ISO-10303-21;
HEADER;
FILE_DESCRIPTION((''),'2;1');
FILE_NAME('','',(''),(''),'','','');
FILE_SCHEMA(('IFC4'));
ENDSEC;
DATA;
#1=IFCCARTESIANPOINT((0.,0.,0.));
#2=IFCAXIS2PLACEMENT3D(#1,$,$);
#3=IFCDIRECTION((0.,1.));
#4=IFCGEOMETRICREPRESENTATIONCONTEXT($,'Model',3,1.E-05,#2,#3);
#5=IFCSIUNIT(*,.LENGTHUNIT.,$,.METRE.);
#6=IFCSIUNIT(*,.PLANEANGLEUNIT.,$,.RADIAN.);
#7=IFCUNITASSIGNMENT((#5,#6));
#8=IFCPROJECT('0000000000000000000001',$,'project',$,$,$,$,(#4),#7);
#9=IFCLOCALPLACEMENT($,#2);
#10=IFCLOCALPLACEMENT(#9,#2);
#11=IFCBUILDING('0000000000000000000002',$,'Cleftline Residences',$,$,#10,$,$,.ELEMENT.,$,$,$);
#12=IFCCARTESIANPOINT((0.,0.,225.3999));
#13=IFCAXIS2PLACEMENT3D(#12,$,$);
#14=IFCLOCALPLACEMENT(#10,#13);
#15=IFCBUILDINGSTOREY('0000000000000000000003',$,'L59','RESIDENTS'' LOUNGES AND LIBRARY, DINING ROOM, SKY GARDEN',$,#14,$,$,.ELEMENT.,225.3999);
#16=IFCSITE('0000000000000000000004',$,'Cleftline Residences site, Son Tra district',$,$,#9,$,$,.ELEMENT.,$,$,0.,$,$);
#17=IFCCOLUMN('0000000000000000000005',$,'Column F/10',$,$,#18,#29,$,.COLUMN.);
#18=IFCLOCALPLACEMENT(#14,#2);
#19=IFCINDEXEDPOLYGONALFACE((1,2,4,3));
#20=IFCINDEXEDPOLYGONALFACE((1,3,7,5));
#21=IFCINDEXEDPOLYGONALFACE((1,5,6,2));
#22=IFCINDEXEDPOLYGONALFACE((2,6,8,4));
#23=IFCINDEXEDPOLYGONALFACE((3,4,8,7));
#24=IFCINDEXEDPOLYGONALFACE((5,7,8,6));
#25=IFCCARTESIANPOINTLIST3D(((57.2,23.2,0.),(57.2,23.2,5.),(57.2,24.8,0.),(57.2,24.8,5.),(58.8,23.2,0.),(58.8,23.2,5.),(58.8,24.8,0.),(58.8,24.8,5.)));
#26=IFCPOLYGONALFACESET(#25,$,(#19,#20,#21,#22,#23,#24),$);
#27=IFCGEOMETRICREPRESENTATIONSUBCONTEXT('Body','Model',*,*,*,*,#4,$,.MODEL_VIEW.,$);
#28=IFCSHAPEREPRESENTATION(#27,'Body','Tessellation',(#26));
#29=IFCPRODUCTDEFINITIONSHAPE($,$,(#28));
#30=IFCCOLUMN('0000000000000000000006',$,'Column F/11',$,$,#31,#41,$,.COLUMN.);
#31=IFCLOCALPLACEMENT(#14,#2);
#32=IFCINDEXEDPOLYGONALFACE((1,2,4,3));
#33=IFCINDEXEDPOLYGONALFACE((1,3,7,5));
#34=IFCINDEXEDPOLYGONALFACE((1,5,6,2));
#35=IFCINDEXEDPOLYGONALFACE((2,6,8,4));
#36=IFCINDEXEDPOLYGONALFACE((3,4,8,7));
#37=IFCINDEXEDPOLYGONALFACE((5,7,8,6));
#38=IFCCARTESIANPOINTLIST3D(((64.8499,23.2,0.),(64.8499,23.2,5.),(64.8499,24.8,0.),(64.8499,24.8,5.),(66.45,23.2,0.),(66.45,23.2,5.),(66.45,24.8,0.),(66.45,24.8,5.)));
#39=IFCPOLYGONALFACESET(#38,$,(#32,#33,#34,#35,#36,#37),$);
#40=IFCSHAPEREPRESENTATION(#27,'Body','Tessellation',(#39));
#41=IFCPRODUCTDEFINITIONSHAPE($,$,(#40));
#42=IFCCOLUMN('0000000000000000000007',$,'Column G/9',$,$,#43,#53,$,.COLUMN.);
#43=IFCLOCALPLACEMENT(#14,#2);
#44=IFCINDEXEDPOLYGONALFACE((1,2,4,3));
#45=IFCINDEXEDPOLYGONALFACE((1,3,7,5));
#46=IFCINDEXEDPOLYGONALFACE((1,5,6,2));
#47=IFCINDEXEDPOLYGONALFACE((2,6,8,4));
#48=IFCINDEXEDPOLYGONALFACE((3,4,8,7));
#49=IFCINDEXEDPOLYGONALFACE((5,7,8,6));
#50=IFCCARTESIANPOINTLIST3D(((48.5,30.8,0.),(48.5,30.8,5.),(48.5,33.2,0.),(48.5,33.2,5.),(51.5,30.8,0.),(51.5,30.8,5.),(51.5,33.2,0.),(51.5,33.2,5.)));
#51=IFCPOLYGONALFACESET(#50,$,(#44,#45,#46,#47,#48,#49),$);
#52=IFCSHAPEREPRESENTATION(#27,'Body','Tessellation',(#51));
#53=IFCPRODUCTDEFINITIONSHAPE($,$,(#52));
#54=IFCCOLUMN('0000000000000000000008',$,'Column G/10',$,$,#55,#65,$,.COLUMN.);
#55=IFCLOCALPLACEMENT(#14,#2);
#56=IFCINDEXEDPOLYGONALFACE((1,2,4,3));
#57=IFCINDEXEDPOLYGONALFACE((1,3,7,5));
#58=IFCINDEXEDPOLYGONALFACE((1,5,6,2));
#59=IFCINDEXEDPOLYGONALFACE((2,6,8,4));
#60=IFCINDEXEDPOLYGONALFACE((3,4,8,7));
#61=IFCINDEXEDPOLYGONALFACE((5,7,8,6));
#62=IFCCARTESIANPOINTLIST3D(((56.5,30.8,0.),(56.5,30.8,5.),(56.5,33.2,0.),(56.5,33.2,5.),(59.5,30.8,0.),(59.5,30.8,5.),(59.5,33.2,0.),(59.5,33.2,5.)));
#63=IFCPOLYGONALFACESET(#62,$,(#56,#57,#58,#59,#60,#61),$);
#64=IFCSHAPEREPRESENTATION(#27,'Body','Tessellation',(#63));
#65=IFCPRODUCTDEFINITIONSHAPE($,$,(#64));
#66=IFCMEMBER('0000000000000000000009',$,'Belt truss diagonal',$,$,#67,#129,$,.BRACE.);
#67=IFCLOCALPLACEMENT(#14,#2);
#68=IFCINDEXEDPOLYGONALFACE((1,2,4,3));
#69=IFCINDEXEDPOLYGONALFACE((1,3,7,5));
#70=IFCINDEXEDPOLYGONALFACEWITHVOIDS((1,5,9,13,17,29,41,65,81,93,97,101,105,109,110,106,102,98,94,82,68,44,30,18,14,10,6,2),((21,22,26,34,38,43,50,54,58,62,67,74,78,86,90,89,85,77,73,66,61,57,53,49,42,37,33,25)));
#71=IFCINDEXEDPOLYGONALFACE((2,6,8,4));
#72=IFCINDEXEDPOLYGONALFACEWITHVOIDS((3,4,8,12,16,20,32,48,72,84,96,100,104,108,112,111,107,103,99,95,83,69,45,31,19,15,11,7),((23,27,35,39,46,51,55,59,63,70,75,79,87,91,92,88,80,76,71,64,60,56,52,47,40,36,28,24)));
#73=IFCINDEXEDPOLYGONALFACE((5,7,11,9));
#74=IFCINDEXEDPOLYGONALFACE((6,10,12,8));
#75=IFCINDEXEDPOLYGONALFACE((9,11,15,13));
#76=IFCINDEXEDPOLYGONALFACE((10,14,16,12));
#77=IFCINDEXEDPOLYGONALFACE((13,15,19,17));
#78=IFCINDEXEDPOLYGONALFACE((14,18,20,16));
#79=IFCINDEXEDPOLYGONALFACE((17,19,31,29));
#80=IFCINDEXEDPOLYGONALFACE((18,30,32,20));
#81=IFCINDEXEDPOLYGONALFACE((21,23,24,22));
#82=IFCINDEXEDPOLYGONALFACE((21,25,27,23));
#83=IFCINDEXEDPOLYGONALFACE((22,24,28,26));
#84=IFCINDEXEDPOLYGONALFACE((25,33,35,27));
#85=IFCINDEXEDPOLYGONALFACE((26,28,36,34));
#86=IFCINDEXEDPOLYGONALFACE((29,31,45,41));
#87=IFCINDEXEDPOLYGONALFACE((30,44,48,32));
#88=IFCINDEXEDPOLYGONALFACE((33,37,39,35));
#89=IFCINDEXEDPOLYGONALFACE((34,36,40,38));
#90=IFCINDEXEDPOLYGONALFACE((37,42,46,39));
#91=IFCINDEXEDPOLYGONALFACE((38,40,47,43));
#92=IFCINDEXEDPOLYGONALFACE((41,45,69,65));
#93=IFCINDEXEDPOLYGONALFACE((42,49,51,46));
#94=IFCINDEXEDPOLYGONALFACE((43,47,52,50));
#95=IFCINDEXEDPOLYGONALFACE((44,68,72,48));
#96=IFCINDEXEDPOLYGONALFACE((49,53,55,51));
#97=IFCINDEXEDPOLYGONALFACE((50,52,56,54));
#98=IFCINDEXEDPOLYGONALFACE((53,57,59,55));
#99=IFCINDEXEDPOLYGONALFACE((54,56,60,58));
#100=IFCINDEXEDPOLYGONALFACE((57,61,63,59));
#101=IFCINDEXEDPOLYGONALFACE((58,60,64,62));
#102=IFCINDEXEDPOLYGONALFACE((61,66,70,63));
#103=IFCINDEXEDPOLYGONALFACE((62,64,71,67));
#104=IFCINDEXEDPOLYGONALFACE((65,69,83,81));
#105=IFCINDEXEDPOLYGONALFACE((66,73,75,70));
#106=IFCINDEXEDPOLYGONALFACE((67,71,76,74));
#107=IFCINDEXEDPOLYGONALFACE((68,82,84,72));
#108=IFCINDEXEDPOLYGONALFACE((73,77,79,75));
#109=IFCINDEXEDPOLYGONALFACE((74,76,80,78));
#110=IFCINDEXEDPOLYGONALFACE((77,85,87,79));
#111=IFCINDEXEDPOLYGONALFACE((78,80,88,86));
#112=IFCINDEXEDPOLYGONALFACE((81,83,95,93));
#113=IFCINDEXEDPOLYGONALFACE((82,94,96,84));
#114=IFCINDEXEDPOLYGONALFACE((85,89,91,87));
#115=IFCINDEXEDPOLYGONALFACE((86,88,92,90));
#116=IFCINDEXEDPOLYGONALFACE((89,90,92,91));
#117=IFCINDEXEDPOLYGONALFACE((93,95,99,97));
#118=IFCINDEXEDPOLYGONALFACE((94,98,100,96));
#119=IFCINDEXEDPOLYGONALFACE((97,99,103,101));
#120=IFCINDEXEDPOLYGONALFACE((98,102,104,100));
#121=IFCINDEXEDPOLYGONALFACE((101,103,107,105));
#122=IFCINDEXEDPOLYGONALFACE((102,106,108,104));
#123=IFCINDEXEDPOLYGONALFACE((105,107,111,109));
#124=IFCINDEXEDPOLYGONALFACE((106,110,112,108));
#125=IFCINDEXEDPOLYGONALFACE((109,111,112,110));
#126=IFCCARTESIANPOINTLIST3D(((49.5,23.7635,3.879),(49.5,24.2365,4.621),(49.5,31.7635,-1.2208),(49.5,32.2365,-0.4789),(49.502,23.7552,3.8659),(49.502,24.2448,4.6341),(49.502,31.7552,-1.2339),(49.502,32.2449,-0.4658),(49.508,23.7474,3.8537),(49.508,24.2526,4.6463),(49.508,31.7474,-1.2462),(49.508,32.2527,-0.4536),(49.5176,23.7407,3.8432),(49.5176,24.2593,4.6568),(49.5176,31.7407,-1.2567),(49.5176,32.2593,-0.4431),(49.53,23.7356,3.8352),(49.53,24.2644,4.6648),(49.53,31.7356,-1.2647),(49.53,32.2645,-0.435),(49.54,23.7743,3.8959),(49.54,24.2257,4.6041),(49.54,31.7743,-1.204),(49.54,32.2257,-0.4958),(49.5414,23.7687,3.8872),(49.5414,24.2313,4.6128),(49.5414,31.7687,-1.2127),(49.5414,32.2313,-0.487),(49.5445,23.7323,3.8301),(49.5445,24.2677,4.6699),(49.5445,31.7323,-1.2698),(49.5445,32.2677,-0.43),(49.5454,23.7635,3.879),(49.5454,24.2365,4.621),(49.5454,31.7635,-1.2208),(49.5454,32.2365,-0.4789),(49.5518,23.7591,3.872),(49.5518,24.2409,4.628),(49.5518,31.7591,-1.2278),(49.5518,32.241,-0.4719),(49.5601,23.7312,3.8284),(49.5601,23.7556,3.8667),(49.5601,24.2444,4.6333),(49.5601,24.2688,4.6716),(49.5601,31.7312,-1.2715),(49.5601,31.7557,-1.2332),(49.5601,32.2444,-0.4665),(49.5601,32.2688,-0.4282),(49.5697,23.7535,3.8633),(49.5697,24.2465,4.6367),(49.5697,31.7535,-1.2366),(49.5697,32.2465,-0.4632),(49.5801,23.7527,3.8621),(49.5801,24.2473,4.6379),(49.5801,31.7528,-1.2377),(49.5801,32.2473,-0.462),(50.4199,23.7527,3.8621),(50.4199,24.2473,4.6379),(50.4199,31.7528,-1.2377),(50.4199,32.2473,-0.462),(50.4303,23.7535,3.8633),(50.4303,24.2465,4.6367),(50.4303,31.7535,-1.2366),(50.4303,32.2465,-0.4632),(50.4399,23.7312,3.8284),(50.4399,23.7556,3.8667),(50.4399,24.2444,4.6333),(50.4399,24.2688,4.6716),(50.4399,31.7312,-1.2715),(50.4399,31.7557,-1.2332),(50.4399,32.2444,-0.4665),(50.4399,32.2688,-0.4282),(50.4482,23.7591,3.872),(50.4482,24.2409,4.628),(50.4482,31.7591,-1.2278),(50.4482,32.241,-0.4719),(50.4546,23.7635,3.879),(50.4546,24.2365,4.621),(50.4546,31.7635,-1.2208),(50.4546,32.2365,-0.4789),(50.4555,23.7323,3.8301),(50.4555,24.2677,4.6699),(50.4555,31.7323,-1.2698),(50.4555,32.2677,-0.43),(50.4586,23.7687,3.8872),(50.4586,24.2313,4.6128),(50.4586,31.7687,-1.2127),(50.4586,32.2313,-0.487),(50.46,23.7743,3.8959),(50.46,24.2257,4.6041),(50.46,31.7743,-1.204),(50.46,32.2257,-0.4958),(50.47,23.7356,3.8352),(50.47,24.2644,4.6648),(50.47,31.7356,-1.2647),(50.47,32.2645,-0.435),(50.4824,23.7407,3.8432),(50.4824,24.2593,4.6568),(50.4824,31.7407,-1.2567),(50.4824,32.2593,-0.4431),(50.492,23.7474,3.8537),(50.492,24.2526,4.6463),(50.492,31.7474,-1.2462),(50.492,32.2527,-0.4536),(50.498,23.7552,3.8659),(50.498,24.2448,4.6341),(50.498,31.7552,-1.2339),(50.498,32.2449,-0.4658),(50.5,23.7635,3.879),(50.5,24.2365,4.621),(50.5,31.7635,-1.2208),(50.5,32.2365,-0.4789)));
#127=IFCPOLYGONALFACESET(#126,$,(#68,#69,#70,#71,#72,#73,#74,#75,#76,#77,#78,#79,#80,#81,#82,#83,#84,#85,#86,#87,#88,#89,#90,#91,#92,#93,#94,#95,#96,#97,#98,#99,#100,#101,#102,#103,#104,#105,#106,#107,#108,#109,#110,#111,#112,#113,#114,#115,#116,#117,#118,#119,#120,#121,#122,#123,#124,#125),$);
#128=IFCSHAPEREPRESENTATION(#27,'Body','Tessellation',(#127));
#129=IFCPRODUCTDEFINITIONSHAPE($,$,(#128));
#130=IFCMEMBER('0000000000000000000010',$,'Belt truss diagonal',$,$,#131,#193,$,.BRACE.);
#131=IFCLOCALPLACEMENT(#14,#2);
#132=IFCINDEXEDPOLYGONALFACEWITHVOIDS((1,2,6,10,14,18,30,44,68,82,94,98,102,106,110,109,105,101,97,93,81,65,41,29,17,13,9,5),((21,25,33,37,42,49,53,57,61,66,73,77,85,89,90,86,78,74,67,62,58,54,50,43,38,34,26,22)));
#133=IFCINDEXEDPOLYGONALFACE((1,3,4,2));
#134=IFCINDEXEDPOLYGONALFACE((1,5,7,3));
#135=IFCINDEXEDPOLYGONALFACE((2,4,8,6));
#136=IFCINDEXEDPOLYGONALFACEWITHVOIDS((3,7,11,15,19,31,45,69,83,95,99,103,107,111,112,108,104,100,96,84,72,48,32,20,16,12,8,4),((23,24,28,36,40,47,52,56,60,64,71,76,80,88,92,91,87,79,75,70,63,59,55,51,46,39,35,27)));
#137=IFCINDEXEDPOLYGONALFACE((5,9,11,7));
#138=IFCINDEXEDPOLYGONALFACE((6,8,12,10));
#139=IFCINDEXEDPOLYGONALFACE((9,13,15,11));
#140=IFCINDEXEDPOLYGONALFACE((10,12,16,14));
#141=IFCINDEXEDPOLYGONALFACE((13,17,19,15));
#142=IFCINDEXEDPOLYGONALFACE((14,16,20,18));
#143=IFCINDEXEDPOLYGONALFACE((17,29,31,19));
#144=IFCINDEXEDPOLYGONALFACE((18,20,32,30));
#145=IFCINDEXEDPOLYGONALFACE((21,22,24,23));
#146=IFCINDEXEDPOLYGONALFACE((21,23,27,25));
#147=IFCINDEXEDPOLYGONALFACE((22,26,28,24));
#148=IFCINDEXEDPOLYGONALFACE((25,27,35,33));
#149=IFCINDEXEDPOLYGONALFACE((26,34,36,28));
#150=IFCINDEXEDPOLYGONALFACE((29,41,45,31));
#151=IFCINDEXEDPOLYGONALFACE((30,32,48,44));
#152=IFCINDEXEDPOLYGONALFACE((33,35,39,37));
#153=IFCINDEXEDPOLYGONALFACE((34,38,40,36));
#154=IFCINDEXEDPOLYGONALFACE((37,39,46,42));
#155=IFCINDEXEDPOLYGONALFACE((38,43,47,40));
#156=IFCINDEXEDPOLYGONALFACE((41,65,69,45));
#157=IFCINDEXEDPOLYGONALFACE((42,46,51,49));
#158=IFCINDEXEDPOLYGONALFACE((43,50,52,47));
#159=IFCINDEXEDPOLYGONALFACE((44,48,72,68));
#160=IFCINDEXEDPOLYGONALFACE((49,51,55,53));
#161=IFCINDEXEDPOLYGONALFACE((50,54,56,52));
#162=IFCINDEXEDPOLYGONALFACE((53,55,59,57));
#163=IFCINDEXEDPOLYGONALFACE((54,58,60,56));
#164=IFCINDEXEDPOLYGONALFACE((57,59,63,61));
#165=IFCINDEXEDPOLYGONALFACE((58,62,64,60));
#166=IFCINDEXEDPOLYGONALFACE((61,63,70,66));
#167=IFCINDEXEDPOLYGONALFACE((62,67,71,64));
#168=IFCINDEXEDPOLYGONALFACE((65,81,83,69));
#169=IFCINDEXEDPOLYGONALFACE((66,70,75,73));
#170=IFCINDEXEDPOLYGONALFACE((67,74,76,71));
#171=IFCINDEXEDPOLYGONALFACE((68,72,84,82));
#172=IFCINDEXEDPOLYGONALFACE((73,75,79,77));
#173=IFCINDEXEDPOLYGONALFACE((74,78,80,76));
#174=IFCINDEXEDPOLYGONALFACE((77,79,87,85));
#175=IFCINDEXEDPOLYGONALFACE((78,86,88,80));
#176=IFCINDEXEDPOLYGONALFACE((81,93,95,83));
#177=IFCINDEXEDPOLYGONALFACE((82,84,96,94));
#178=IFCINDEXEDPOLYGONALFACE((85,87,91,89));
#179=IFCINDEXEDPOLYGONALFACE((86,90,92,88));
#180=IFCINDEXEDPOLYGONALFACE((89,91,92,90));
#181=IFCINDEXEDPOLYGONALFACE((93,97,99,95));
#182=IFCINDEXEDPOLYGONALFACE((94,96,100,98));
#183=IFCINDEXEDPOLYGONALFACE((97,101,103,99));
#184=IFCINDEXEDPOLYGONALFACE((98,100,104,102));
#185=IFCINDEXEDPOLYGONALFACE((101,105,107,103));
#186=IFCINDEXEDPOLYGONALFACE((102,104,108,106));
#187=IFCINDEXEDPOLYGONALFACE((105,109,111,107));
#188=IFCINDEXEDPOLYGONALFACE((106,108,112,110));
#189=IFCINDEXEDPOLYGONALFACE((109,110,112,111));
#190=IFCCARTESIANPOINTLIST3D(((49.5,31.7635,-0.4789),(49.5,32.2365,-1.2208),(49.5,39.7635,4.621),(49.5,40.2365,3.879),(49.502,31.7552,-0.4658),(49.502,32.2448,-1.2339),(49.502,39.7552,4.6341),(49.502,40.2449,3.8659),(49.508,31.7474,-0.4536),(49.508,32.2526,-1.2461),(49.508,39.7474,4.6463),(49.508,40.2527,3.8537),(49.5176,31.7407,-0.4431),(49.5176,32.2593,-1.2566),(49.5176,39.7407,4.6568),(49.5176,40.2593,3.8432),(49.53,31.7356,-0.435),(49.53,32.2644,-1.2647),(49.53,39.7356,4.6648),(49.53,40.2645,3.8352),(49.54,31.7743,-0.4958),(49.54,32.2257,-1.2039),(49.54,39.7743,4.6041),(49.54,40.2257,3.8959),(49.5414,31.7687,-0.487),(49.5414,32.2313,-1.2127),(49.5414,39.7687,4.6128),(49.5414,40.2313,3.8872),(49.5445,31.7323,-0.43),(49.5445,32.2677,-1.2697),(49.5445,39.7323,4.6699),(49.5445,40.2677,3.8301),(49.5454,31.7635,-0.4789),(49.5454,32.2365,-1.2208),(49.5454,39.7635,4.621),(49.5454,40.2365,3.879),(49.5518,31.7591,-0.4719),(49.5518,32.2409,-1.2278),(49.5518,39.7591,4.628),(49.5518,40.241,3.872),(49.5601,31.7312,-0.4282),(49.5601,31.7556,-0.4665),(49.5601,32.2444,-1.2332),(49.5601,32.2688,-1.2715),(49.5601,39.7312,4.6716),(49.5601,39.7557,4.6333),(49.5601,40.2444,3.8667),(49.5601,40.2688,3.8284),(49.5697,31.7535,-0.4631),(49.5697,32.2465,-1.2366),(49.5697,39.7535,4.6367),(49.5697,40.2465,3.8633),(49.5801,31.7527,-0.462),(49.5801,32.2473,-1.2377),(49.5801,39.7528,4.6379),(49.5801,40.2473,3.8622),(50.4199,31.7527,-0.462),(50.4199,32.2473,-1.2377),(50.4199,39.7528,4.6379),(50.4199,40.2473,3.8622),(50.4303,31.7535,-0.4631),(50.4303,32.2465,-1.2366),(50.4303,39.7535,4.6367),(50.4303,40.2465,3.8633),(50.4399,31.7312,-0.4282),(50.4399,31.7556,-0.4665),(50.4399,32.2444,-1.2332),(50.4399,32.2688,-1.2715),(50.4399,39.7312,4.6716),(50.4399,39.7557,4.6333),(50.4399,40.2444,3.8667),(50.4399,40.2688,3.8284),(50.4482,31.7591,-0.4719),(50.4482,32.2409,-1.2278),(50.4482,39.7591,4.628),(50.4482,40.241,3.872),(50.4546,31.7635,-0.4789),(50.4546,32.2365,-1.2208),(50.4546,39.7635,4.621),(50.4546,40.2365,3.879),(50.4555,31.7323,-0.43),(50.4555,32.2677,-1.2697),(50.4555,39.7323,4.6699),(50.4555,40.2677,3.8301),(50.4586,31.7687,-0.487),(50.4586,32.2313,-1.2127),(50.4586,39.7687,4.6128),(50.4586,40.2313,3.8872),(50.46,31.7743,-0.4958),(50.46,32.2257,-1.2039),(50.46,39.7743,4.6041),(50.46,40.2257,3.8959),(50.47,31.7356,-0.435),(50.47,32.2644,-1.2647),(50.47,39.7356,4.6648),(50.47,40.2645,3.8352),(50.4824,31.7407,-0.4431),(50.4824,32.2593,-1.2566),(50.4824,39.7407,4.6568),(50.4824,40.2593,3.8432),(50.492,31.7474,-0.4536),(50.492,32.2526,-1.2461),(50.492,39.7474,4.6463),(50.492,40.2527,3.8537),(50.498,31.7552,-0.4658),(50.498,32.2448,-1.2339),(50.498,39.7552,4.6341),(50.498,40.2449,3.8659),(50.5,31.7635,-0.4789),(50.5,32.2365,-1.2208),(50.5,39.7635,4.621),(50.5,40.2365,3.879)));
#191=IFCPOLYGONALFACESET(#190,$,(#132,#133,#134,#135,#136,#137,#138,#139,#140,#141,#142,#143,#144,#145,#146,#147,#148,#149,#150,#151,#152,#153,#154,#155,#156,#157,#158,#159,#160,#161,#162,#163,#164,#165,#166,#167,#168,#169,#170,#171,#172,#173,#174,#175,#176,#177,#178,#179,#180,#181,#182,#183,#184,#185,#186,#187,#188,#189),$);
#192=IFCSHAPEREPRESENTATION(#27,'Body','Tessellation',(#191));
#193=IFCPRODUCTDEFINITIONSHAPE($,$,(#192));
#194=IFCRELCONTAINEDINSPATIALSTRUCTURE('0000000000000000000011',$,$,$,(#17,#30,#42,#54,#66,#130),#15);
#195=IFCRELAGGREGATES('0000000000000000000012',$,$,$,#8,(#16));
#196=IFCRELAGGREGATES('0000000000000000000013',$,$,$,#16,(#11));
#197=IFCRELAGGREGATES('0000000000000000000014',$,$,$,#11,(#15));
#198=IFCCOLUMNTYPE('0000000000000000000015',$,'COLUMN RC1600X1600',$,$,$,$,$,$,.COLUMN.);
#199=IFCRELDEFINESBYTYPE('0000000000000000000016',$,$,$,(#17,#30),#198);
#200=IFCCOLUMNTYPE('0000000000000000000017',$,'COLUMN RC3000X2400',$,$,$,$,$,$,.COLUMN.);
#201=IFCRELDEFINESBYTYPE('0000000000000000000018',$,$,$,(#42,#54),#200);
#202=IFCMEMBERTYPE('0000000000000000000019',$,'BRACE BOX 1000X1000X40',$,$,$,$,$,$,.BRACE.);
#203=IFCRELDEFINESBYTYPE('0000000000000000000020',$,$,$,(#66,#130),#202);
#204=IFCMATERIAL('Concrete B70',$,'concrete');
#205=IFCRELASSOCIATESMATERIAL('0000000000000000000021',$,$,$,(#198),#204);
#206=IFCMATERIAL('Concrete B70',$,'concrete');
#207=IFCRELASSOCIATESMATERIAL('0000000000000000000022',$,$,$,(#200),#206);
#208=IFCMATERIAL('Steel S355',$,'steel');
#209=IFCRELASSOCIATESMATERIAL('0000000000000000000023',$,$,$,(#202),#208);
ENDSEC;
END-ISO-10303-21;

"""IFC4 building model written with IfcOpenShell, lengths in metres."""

from ifc_helpers import new_model, si_unit, direction, frame, origin, origin_2d, place, context, subcontext, project, spatial, rectangle, hollow_rectangle, extrude, material, material_profile, profile_set, type_object, element, save


model = new_model("IFC4")

# Units and contexts
model_context = context("Model", 3, precision=1e-05, world=origin(), true_north=direction((0.0, 1.0)))
body_context = subcontext(model_context, "Body", "Model", "MODEL_VIEW")
ifc_project = project(units=[si_unit("LENGTHUNIT", "METRE"), si_unit("PLANEANGLEUNIT", "RADIAN")], contexts=[model_context])

# Site, building, storey
site_placement = place(None, origin())
site = spatial("IfcSite", under=ifc_project, at=site_placement, Name="Cleftline Residences site, Son Tra district", CompositionType="ELEMENT", RefElevation=0.0)
building_placement = place(site_placement, origin())
building = spatial("IfcBuilding", under=site, at=building_placement, Name="Cleftline Residences", CompositionType="ELEMENT")
storey_placement = place(building_placement, frame((0.0, 0.0, 225.3999)))
storey = spatial("IfcBuildingStorey", under=building, at=storey_placement, Name="L59", Description="RESIDENTS' LOUNGES AND LIBRARY, DINING ROOM, SKY GARDEN", CompositionType="ELEMENT", Elevation=225.3999)

# Columns
ifc_material_1 = material(Name="Concrete B70", Category="concrete")
ifc_material_profile_1 = material_profile(ifc_material_1, rectangle(XDim=1.6001, YDim=1.6001, at=origin_2d()))
ifc_profile_set_1 = profile_set([ifc_material_profile_1], Name="Concrete B70")
column_type_1 = type_object("IfcColumnType", Name="COLUMN RC1600X1600", PredefinedType="COLUMN", material=ifc_profile_set_1)
for number, where, z_axis, x_axis, name in (
    (1, (58.0, 24.0, 0.0), (0.0, 0.0, 1.0), (1.0, 0.0, 0.0), "Column F/10"),
    (2, (65.6499, 24.0, 0.0), (0.0, 0.0, 1.0), (1.0, 0.0, 0.0), "Column F/11"),
):
    element("IfcColumn", number, at=place(storey_placement, frame(where, z_axis=z_axis, x_axis=x_axis)), inside=storey, type_object=column_type_1, Name=name, PredefinedType="COLUMN", context=body_context, shape_type="SweptSolid", body=[
        extrude(rectangle(XDim=1.6001, YDim=1.6001, at=origin_2d()), origin(), (0.0, 0.0, 1.0), 5.0),
    ])
ifc_material_2 = material(Name="Concrete B70", Category="concrete")
ifc_material_profile_2 = material_profile(ifc_material_2, rectangle(XDim=3.0, YDim=2.3999, at=origin_2d()))
ifc_profile_set_2 = profile_set([ifc_material_profile_2], Name="Concrete B70")
column_type_2 = type_object("IfcColumnType", Name="COLUMN RC3000X2400", PredefinedType="COLUMN", material=ifc_profile_set_2)
for number, where, z_axis, x_axis, name in (
    (3, (50.0, 32.0, 0.0), (0.0, 0.0, 1.0), (1.0, 0.0, 0.0), "Column G/9"),
    (4, (58.0, 32.0, 0.0), (0.0, 0.0, 1.0), (1.0, 0.0, 0.0), "Column G/10"),
):
    element("IfcColumn", number, at=place(storey_placement, frame(where, z_axis=z_axis, x_axis=x_axis)), inside=storey, type_object=column_type_2, Name=name, PredefinedType="COLUMN", context=body_context, shape_type="SweptSolid", body=[
        extrude(rectangle(XDim=3.0, YDim=2.3999, at=origin_2d()), origin(), (0.0, 0.0, 1.0), 5.0),
    ])

# Members
ifc_material_3 = material(Name="Steel S355", Category="steel")
ifc_material_profile_3 = material_profile(ifc_material_3, hollow_rectangle(XDim=1.0, YDim=1.0, WallThickness=0.04, InnerFilletRadius=0.04, OuterFilletRadius=0.0601, at=origin_2d()))
ifc_profile_set_3 = profile_set([ifc_material_profile_3], Name="Steel S355")
member_type_1 = type_object("IfcMemberType", Name="BRACE BOX 1000X1000X40", PredefinedType="BRACE", material=ifc_profile_set_3)
for number, where, z_axis, x_axis, name in (
    (5, (50.0, 24.0, 4.25), (0.0, 0.843234, -0.537546), (0.0, 0.537546, 0.843234), "Belt truss diagonal"),
    (6, (50.0, 32.0, -0.8499), (0.0, 0.843234, 0.537546), (0.0, -0.537546, 0.843234), "Belt truss diagonal"),
):
    element("IfcMember", number, at=place(storey_placement, frame(where, z_axis=z_axis, x_axis=x_axis)), inside=storey, type_object=member_type_1, Name=name, PredefinedType="BRACE", context=body_context, shape_type="SweptSolid", body=[
        extrude(hollow_rectangle(XDim=1.0, YDim=1.0, WallThickness=0.04, InnerFilletRadius=0.04, OuterFilletRadius=0.0601, at=origin_2d()), origin(), (0.0, 0.0, 1.0), 9.4873),
    ])

save(model, "model.ifc")
